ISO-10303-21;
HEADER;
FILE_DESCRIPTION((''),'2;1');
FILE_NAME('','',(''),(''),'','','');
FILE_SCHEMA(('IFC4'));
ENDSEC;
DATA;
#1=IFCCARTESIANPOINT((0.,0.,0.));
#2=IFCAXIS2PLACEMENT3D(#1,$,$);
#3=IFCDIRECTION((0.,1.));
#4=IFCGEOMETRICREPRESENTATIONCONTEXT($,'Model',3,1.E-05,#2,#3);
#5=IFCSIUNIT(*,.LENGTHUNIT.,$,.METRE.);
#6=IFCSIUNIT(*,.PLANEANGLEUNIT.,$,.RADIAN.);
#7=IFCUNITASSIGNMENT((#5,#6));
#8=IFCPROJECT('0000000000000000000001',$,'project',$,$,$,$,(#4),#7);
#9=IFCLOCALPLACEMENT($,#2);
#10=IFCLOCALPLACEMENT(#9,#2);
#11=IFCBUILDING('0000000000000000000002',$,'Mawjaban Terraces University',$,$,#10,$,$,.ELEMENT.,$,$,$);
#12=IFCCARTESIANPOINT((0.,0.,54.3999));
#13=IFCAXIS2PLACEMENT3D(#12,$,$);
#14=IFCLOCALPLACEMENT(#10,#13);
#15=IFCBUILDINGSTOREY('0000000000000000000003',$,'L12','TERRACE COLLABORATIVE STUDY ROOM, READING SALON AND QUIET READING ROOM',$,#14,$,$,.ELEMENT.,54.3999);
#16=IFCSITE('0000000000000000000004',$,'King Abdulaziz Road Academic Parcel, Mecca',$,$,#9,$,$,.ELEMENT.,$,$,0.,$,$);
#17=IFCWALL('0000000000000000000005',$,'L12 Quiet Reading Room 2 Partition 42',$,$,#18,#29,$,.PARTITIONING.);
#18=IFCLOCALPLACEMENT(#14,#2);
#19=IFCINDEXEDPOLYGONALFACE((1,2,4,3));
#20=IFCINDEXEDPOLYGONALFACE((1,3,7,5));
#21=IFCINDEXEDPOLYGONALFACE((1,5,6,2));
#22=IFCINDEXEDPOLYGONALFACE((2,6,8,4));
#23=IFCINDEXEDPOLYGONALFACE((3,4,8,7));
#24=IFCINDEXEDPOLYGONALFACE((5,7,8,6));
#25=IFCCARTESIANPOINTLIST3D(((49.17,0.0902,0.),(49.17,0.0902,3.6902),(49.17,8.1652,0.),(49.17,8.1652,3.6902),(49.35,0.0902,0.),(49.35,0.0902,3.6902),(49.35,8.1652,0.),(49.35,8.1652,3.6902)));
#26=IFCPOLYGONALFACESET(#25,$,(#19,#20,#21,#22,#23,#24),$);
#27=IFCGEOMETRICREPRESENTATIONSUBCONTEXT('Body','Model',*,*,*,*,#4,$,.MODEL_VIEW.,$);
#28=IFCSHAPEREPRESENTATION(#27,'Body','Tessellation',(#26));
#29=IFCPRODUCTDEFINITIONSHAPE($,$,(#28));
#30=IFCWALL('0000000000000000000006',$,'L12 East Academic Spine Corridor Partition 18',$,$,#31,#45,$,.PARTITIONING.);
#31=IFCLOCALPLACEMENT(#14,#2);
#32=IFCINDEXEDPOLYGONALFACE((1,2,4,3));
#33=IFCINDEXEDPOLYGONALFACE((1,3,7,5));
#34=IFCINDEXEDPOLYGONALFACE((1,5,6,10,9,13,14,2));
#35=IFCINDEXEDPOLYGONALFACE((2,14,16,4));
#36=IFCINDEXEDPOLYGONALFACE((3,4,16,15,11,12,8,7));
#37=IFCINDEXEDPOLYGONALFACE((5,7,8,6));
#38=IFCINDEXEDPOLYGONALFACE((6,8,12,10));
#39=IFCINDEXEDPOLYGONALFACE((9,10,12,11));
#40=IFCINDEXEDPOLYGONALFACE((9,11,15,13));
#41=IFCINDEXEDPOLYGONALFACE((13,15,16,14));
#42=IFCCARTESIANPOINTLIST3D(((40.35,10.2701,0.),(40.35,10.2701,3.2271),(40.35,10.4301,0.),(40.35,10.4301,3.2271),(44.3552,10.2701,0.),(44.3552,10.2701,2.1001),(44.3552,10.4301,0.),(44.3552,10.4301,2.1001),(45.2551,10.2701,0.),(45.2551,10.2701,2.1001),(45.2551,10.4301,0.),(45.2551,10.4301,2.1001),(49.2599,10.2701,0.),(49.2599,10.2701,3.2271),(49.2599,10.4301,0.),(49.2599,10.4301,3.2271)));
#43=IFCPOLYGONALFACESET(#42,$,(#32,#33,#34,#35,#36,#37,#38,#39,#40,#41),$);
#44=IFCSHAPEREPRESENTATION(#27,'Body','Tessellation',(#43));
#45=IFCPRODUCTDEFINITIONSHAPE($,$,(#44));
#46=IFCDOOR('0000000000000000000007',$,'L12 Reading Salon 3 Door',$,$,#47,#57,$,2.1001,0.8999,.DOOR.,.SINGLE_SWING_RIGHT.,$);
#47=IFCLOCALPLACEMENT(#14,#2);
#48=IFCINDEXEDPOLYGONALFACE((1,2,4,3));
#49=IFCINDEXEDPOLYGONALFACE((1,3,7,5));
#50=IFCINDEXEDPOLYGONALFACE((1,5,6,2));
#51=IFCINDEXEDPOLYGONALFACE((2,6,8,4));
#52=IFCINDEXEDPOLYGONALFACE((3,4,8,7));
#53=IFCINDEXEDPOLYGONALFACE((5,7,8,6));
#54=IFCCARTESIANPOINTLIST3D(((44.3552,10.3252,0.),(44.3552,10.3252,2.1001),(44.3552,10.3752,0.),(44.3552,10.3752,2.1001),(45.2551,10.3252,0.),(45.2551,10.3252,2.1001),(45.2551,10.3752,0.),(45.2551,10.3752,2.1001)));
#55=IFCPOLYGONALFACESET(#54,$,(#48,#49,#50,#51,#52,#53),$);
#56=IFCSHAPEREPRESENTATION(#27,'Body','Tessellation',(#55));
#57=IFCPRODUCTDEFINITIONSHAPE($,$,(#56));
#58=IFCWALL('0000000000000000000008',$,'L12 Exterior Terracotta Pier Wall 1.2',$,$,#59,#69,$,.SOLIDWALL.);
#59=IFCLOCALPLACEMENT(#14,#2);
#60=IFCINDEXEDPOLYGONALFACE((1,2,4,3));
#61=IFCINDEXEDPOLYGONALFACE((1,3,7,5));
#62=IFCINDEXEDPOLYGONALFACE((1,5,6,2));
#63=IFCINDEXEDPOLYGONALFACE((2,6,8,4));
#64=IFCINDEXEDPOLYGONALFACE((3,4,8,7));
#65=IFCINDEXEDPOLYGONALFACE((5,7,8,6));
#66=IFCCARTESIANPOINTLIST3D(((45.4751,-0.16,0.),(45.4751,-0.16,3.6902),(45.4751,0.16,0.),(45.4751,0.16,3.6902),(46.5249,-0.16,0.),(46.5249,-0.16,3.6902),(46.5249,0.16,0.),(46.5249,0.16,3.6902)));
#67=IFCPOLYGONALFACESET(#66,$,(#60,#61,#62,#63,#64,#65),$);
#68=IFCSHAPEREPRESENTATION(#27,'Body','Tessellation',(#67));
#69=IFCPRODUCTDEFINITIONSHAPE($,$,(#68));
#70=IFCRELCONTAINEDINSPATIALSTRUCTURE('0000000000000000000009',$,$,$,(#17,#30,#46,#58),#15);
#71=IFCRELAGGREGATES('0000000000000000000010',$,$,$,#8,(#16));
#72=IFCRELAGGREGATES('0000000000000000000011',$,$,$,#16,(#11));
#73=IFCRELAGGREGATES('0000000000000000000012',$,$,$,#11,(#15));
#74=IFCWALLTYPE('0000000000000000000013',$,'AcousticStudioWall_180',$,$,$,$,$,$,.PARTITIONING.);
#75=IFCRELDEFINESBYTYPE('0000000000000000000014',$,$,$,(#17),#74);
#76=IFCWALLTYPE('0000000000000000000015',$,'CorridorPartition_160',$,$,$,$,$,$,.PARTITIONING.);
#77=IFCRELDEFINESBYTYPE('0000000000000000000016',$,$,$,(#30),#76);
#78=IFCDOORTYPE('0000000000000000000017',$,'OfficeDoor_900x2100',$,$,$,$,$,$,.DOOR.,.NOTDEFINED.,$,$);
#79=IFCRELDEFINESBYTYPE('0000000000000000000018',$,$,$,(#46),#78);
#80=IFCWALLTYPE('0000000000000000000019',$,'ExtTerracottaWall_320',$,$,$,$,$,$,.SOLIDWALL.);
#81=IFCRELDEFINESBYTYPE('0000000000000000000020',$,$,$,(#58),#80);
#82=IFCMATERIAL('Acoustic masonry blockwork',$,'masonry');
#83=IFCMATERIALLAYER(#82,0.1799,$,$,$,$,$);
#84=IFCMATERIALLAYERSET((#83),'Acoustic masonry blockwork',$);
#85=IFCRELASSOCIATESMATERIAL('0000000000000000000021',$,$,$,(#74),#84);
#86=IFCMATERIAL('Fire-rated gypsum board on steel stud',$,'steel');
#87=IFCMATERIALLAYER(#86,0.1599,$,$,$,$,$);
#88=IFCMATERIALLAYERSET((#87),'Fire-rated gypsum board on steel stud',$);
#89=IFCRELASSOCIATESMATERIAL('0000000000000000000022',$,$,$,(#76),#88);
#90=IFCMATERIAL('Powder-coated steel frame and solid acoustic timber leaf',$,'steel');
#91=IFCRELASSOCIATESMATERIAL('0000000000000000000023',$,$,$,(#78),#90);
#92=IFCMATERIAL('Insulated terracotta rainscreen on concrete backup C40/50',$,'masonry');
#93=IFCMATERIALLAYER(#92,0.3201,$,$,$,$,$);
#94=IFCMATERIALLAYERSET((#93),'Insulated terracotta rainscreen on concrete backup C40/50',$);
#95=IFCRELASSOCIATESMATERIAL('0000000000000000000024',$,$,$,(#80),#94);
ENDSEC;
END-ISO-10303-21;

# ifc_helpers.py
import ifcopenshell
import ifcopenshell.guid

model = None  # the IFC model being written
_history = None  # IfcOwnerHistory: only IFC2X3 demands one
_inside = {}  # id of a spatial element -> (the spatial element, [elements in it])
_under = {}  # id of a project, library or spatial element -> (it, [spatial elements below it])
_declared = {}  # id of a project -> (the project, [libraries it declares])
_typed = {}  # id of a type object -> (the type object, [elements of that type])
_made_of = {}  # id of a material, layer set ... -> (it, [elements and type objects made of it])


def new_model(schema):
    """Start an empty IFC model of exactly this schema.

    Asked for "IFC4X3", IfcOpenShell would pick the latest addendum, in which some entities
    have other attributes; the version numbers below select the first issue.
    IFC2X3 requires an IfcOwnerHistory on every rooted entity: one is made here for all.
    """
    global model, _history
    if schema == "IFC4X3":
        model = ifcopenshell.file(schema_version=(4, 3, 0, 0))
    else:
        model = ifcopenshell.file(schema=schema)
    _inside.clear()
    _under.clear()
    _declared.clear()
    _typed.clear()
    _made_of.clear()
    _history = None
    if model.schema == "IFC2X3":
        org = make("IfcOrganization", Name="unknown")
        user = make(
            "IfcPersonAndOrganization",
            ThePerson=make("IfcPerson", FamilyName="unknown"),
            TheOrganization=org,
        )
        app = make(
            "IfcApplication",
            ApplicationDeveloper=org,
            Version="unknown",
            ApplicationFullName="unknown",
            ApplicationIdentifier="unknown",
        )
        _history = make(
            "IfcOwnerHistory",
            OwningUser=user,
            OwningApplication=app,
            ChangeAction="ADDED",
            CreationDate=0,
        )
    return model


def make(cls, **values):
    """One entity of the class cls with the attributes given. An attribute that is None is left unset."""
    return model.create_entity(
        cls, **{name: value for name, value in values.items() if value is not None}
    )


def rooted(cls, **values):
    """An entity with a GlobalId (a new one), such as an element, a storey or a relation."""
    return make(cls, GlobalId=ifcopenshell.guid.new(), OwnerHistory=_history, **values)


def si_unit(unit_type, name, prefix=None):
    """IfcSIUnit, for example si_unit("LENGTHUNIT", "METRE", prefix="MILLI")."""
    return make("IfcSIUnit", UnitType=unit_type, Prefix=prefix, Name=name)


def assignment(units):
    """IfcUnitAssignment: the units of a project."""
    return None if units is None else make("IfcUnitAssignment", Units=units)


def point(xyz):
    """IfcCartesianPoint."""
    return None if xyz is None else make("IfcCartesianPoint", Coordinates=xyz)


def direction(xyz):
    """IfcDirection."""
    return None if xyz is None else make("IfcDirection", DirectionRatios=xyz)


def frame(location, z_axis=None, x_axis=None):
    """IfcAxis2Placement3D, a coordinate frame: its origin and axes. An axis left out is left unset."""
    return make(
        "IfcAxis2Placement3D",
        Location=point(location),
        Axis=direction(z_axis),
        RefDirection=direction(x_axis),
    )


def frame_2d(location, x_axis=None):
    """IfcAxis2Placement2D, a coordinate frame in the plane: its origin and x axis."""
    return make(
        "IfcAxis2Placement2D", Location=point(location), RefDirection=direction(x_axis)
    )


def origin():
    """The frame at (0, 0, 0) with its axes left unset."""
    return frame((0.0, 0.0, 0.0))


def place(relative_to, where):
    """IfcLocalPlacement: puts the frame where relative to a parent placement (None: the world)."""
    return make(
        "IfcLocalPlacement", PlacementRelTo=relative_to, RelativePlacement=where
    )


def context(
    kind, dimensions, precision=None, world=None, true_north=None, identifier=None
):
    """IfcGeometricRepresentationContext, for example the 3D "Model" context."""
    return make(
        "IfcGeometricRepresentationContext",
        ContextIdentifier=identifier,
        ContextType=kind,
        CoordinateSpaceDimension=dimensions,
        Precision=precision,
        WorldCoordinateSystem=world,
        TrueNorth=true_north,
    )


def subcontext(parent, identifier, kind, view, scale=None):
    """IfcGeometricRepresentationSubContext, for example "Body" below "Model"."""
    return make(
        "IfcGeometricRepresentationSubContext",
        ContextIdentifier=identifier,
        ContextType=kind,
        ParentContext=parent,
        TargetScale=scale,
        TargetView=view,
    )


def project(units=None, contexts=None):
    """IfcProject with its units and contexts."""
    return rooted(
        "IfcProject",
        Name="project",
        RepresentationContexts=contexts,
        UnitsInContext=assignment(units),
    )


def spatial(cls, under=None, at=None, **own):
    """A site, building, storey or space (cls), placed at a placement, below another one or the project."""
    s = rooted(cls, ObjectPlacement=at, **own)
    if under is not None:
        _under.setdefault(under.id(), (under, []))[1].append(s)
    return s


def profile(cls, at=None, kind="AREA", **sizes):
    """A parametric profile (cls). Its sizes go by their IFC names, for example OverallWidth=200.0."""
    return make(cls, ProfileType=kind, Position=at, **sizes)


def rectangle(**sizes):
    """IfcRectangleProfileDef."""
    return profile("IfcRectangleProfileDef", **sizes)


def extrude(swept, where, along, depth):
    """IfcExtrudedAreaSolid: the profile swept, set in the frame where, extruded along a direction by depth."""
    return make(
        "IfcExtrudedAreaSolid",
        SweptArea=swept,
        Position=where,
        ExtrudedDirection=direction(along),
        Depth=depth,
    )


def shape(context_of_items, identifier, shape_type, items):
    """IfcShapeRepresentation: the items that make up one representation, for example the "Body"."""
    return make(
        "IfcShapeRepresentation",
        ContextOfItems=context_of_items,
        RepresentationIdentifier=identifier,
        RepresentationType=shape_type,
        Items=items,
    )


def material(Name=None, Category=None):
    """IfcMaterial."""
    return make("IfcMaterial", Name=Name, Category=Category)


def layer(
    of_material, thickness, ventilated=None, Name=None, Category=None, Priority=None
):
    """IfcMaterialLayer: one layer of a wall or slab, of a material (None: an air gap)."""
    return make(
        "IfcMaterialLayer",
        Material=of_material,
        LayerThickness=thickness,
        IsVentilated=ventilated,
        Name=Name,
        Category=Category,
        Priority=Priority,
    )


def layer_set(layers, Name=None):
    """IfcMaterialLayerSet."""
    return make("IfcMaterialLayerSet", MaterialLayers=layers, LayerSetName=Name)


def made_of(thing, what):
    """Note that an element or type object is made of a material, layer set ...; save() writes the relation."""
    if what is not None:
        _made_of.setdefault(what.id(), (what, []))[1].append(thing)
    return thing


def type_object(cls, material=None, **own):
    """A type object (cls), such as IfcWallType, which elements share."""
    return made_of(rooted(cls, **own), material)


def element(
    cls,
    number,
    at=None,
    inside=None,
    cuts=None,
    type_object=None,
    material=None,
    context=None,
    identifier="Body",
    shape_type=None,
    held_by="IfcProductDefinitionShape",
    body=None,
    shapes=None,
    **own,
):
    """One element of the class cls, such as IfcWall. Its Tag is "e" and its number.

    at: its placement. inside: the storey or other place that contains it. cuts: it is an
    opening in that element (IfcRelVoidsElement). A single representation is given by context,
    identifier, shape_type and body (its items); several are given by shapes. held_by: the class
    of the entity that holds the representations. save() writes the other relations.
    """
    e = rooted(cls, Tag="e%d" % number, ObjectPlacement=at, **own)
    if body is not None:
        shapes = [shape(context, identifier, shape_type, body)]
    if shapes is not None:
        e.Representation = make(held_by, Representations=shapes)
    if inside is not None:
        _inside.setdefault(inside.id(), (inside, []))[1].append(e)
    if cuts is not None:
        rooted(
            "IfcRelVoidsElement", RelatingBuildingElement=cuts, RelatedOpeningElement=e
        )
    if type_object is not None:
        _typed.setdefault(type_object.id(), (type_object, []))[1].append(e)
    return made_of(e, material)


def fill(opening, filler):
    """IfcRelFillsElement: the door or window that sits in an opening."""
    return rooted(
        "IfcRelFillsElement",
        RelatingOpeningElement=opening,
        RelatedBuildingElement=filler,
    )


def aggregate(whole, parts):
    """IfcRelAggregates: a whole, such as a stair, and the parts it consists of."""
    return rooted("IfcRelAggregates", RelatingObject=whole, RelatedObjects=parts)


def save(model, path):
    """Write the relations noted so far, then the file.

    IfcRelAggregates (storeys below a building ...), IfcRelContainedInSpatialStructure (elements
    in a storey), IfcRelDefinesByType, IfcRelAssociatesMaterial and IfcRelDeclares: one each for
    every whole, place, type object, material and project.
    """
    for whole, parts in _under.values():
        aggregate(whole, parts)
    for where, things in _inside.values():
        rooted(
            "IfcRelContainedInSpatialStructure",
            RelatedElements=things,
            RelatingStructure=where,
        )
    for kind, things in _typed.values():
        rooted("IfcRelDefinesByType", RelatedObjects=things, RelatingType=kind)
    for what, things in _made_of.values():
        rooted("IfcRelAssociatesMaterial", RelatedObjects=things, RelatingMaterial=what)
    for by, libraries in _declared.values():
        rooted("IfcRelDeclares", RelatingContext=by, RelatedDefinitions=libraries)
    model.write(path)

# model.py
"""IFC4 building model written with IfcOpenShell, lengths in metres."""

from ifc_helpers import new_model, si_unit, direction, frame, frame_2d, origin, place, context, subcontext, project, spatial, rectangle, extrude, material, layer, layer_set, type_object, element, fill, save


model = new_model("IFC4")

# Units and contexts
model_context = context("Model", 3, precision=1e-05, world=origin(), true_north=direction((0.0, 1.0)))
body_context = subcontext(model_context, "Body", "Model", "MODEL_VIEW")
ifc_project = project(units=[si_unit("LENGTHUNIT", "METRE"), si_unit("PLANEANGLEUNIT", "RADIAN")], contexts=[model_context])

# Site, building, storey
site_placement = place(None, origin())
site = spatial("IfcSite", under=ifc_project, at=site_placement, Name="King Abdulaziz Road Academic Parcel, Mecca", CompositionType="ELEMENT", RefElevation=0.0)
building_placement = place(site_placement, origin())
building = spatial("IfcBuilding", under=site, at=building_placement, Name="Mawjaban Terraces University", CompositionType="ELEMENT")
storey_placement = place(building_placement, frame((0.0, 0.0, 54.3999)))
storey = spatial("IfcBuildingStorey", under=building, at=storey_placement, Name="L12", Description="TERRACE COLLABORATIVE STUDY ROOM, READING SALON AND QUIET READING ROOM", CompositionType="ELEMENT", Elevation=54.3999)

# Shared definitions
ifc_material_1 = material(Name="Acoustic masonry blockwork", Category="masonry")
ifc_layer_1 = layer(ifc_material_1, 0.1799)
ifc_layer_set_1 = layer_set([ifc_layer_1], Name="Acoustic masonry blockwork")
wall_type_1 = type_object("IfcWallType", Name="AcousticStudioWall_180", PredefinedType="PARTITIONING", material=ifc_layer_set_1)
ifc_material_2 = material(Name="Powder-coated steel frame and solid acoustic timber leaf", Category="steel")

# Wall
wall_1_placement = place(storey_placement, frame((49.26, 0.0901, 0.0), z_axis=(0.0, 0.0, 1.0), x_axis=(0.0, 1.0, 0.0)))
element("IfcWall", 1, at=wall_1_placement, inside=storey, type_object=wall_type_1, Name="L12 Quiet Reading Room 2 Partition 42", PredefinedType="PARTITIONING", context=body_context, shape_type="SweptSolid", body=[
    extrude(rectangle(XDim=8.075, YDim=0.1799, at=frame_2d((4.0376, 0.0))), origin(), (0.0, 0.0, 1.0), 3.6902),
])

# Wall, opening, door
ifc_material_3 = material(Name="Fire-rated gypsum board on steel stud", Category="steel")
ifc_layer_2 = layer(ifc_material_3, 0.1599)
ifc_layer_set_2 = layer_set([ifc_layer_2], Name="Fire-rated gypsum board on steel stud")
wall_type_2 = type_object("IfcWallType", Name="CorridorPartition_160", PredefinedType="PARTITIONING", material=ifc_layer_set_2)
wall_2_placement = place(storey_placement, frame((49.26, 10.3501, 0.0), z_axis=(0.0, 0.0, 1.0), x_axis=(-1.0, 0.0, 0.0)))
wall_2 = element("IfcWall", 2, at=wall_2_placement, inside=storey, type_object=wall_type_2, Name="L12 East Academic Spine Corridor Partition 18", PredefinedType="PARTITIONING", context=body_context, shape_type="SweptSolid", body=[
    extrude(rectangle(XDim=8.9099, YDim=0.1599, at=frame_2d((4.4551, 0.0))), origin(), (0.0, 0.0, 1.0), 3.2271),
])
opening_1_placement = place(wall_2_placement, frame((4.0049, 0.0, 0.0)))
opening_1 = element("IfcOpeningElement", 3, at=opening_1_placement, cuts=wall_2, PredefinedType="OPENING", context=body_context, shape_type="SweptSolid", body=[
    extrude(rectangle(XDim=0.8999, YDim=2.1001, at=frame_2d((0.45, 1.05))), frame((0.0, 0.0898, 0.0), z_axis=(0.0, -1.0, 0.0), x_axis=(1.0, 0.0, 0.0)), (0.0, 0.0, 1.0), 0.1799),
])
door_type_1 = type_object("IfcDoorType", Name="OfficeDoor_900x2100", OperationType="NOTDEFINED", PredefinedType="DOOR", material=ifc_material_2)
door_1_placement = place(opening_1_placement, origin())
door_1 = element("IfcDoor", 4, at=door_1_placement, inside=storey, type_object=door_type_1, Name="L12 Reading Salon 3 Door", OperationType="SINGLE_SWING_RIGHT", OverallHeight=2.1001, OverallWidth=0.8999, PredefinedType="DOOR", context=body_context, shape_type="SweptSolid", body=[
    extrude(rectangle(XDim=0.8999, YDim=2.1001, at=frame_2d((0.45, 1.05))), frame((0.0, 0.0249, 0.0), z_axis=(0.0, -1.0, 0.0), x_axis=(1.0, 0.0, 0.0)), (0.0, 0.0, 1.0), 0.05),
])
fill(opening_1, door_1)

# Wall
ifc_material_4 = material(Name="Insulated terracotta rainscreen on concrete backup C40/50", Category="masonry")
ifc_layer_3 = layer(ifc_material_4, 0.3201)
ifc_layer_set_3 = layer_set([ifc_layer_3], Name="Insulated terracotta rainscreen on concrete backup C40/50")
wall_type_3 = type_object("IfcWallType", Name="ExtTerracottaWall_320", PredefinedType="SOLIDWALL", material=ifc_layer_set_3)
wall_3_placement = place(storey_placement, frame((45.4751, 0.0, 0.0), z_axis=(0.0, 0.0, 1.0), x_axis=(1.0, 0.0, 0.0)))
element("IfcWall", 5, at=wall_3_placement, inside=storey, type_object=wall_type_3, Name="L12 Exterior Terracotta Pier Wall 1.2", PredefinedType="SOLIDWALL", context=body_context, shape_type="SweptSolid", body=[
    extrude(rectangle(XDim=1.0498, YDim=0.3201, at=frame_2d((0.5249, 0.0))), origin(), (0.0, 0.0, 1.0), 3.6902),
])

save(model, "model.ifc")
